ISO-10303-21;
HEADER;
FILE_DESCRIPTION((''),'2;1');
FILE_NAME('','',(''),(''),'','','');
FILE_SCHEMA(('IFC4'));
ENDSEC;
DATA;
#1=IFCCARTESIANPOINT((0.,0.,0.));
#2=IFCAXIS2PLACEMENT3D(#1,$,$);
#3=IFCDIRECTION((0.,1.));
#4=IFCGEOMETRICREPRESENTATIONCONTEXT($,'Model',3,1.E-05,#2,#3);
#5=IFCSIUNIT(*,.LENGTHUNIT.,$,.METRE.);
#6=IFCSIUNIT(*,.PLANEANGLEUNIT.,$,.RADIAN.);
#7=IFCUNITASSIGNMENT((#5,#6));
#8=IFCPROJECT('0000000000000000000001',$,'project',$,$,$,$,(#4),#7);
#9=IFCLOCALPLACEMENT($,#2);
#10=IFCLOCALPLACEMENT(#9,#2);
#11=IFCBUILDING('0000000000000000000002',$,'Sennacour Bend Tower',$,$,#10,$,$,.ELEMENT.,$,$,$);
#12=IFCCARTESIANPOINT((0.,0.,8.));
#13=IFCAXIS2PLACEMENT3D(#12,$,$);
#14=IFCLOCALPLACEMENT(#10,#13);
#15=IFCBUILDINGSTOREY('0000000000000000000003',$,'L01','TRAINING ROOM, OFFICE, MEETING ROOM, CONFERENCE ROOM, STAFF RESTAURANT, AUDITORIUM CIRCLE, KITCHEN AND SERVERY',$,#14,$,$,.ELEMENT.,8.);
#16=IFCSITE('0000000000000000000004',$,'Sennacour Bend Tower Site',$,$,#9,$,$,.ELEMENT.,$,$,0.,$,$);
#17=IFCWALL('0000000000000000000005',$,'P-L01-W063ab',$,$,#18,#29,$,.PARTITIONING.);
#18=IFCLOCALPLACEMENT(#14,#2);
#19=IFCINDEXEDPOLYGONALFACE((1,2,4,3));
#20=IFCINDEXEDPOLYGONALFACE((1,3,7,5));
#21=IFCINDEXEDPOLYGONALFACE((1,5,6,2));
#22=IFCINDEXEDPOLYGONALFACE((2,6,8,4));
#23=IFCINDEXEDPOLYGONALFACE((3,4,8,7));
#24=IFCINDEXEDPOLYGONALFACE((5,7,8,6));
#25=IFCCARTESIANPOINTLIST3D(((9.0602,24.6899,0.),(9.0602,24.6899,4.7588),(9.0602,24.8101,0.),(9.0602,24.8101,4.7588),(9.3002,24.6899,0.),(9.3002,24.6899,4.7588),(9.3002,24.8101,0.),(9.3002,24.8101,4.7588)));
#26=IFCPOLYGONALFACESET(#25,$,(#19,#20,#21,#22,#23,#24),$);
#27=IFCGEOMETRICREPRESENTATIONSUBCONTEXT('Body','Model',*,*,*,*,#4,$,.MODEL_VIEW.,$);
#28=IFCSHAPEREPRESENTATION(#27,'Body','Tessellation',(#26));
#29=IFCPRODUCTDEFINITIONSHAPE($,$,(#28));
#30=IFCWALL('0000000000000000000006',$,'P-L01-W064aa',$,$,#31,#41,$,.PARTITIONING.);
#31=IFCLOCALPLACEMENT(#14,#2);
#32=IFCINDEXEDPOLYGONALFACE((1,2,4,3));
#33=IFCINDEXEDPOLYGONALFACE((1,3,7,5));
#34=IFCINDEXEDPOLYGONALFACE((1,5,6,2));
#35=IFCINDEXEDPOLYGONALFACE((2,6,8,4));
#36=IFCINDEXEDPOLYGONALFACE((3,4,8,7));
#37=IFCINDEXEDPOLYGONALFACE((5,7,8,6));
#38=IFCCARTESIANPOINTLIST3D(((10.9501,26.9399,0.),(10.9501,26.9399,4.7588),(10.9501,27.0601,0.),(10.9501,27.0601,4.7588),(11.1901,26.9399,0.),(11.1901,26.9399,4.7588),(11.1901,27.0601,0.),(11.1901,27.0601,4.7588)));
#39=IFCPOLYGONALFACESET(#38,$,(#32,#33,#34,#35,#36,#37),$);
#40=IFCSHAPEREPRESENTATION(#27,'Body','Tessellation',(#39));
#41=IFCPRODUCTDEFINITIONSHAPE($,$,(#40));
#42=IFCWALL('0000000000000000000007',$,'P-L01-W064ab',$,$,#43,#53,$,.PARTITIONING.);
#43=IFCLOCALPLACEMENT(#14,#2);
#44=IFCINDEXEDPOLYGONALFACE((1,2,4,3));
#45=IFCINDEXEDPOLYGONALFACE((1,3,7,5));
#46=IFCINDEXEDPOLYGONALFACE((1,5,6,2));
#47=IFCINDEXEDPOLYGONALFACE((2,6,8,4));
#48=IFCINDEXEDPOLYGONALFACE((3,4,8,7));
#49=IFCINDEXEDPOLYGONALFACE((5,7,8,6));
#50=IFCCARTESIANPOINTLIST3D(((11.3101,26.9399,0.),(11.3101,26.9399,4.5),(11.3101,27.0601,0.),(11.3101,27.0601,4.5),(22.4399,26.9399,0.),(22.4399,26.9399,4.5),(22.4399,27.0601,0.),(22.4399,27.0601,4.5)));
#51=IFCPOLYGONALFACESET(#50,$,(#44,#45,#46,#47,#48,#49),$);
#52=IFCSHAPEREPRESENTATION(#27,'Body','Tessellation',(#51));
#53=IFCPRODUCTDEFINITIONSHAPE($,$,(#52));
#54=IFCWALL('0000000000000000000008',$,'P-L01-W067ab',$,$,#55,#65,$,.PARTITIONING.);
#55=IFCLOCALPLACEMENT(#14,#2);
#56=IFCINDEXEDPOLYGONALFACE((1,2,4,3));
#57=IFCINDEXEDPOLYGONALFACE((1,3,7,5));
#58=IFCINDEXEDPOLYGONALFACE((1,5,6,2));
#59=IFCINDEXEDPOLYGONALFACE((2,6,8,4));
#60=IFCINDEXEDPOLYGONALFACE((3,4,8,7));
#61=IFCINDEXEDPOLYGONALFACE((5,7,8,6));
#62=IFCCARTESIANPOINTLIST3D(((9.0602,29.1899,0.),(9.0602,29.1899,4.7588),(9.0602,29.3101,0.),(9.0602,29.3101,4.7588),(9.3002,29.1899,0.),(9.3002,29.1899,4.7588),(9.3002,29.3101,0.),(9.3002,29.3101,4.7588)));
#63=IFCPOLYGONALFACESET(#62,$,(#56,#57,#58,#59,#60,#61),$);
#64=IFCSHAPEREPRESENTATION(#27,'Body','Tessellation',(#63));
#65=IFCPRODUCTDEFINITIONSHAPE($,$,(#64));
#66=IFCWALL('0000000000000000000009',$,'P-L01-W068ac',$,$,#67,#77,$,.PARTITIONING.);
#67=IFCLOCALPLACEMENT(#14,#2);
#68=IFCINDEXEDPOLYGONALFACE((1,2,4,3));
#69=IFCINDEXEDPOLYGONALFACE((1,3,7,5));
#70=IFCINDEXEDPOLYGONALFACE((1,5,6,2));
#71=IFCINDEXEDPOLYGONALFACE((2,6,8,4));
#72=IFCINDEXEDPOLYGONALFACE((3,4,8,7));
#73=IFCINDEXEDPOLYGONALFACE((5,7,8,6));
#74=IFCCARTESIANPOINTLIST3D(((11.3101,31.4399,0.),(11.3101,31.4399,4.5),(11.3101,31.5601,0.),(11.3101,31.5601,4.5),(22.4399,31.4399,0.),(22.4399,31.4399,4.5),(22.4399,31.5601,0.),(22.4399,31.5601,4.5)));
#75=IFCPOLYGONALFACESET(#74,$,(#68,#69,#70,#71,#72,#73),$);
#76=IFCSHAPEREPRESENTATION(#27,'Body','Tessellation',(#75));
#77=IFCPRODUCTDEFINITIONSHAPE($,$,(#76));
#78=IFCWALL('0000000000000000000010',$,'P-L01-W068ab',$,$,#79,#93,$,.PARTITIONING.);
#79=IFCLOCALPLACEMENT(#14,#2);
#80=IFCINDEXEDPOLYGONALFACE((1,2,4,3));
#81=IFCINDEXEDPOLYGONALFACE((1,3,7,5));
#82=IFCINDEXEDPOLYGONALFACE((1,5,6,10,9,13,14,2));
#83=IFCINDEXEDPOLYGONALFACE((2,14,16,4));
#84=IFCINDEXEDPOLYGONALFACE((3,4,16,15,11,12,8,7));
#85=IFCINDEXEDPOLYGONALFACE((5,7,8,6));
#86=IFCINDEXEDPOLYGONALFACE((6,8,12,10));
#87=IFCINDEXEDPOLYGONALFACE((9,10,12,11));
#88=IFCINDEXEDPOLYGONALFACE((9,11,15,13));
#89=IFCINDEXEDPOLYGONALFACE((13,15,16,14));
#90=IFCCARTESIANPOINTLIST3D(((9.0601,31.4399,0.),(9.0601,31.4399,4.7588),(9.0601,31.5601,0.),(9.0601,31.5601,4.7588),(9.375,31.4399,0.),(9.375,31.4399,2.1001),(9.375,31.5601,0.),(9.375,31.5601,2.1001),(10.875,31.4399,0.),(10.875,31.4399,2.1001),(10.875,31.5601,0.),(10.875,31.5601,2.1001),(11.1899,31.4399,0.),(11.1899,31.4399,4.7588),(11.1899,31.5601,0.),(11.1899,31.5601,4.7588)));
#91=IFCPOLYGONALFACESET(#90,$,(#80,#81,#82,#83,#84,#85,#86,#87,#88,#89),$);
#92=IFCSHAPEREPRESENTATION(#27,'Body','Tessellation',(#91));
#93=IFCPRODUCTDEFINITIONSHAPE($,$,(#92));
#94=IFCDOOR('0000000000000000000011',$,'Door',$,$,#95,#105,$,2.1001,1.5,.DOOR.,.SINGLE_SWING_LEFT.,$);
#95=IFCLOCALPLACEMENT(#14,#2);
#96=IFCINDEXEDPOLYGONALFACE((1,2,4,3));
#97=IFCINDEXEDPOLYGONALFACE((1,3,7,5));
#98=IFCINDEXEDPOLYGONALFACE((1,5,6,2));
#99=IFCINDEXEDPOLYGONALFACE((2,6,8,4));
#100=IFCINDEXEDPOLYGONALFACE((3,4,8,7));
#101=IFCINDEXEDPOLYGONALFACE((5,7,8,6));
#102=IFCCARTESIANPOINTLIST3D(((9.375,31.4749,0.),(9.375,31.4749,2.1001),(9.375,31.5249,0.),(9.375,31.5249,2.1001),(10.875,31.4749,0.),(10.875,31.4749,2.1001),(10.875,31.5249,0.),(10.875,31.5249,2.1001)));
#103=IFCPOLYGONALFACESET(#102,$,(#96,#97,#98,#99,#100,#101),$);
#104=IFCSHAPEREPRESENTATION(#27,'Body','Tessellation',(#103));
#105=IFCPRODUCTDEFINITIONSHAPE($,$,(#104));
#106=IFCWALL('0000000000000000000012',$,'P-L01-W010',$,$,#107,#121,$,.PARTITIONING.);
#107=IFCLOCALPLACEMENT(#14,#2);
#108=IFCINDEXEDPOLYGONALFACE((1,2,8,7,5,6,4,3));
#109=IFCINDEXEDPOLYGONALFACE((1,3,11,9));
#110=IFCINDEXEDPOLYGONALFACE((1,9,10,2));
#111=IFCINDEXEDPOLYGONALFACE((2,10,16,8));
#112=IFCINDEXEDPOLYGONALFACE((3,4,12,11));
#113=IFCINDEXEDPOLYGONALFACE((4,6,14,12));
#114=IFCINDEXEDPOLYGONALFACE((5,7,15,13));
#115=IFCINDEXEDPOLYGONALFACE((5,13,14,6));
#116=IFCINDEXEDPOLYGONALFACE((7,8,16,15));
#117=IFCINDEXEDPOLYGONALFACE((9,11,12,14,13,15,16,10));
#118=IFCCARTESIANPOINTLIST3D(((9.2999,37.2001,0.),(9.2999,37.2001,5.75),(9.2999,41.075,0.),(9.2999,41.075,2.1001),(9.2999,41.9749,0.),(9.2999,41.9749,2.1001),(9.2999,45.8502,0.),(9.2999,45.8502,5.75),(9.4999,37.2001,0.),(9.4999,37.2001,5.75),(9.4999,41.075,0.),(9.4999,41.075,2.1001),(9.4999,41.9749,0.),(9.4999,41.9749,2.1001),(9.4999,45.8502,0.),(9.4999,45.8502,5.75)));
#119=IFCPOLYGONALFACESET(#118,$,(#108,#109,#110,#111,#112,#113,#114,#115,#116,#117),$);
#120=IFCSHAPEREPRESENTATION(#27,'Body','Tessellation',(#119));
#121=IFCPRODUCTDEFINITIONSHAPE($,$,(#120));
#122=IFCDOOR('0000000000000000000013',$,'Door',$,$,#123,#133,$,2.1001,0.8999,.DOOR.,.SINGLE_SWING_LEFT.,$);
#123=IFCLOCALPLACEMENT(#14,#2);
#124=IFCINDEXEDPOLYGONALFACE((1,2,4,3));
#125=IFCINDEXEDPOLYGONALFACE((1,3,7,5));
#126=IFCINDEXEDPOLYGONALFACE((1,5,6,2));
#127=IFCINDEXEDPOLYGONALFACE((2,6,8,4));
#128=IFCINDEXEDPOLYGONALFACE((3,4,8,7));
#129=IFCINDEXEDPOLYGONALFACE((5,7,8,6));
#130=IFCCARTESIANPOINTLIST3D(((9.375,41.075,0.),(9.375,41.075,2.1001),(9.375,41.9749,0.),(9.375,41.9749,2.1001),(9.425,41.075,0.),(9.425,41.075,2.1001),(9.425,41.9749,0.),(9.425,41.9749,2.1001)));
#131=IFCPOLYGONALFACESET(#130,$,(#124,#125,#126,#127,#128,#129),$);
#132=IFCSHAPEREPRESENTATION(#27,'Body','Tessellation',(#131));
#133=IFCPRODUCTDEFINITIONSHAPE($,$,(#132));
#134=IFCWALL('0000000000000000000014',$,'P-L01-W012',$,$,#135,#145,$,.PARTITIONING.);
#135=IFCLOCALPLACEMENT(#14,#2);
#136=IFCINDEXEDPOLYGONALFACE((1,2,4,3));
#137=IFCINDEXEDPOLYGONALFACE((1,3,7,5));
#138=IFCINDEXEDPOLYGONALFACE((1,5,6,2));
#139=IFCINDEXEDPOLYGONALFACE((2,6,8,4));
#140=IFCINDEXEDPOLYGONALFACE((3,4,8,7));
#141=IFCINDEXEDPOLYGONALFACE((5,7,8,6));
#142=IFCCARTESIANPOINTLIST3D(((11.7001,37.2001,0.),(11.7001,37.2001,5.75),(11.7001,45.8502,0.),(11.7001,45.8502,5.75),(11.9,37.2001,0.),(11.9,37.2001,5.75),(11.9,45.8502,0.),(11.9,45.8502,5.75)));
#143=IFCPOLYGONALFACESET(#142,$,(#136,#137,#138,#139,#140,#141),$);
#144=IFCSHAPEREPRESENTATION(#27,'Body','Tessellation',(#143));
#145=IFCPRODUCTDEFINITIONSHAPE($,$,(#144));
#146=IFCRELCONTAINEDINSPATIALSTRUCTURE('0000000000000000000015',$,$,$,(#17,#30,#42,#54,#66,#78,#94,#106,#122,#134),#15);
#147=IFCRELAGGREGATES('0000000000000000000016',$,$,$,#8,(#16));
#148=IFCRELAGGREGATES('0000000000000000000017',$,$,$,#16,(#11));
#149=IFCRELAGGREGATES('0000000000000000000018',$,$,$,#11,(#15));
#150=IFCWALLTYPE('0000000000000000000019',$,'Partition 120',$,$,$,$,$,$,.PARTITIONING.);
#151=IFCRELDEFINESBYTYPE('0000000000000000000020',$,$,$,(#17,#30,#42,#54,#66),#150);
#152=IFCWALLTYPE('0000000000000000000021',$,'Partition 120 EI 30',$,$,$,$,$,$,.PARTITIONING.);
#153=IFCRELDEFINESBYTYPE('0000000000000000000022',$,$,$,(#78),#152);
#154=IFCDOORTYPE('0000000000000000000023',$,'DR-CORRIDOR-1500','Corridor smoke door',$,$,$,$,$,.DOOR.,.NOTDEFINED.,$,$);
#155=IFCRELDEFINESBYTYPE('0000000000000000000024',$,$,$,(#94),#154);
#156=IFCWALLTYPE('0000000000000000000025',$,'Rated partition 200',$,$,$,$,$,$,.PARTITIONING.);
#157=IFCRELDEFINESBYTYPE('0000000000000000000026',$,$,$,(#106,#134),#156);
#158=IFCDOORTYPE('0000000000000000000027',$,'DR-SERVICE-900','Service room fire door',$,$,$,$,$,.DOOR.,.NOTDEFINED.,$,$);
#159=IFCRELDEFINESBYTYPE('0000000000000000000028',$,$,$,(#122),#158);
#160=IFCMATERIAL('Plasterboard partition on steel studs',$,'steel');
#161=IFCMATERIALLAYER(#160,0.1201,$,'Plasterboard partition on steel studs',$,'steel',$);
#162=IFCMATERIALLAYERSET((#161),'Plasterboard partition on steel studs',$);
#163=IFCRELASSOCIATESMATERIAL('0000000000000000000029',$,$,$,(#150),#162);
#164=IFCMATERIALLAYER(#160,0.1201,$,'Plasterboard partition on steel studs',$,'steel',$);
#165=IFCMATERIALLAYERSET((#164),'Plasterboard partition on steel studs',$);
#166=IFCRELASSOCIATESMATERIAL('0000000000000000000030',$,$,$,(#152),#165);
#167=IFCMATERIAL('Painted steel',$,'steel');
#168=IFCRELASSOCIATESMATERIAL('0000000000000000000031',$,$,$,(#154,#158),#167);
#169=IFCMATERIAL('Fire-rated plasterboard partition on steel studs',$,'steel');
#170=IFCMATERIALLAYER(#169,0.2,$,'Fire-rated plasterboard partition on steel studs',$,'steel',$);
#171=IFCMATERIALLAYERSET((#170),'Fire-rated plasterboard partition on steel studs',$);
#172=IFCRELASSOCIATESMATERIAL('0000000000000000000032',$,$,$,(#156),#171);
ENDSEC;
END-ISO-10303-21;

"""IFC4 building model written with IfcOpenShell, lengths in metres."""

from ifc_helpers import new_model, si_unit, direction, frame, frame_2d, origin, place, context, subcontext, project, spatial, rectangle, extrude, material, layer, layer_set, type_object, element, fill, save


model = new_model("IFC4")

# Units and contexts
model_context = context("Model", 3, precision=1e-05, world=origin(), true_north=direction((0.0, 1.0)))
body_context = subcontext(model_context, "Body", "Model", "MODEL_VIEW")
ifc_project = project(units=[si_unit("LENGTHUNIT", "METRE"), si_unit("PLANEANGLEUNIT", "RADIAN")], contexts=[model_context])

# Site, building, storey
site_placement = place(None, origin())
site = spatial("IfcSite", under=ifc_project, at=site_placement, Name="Sennacour Bend Tower Site", CompositionType="ELEMENT", RefElevation=0.0)
building_placement = place(site_placement, origin())
building = spatial("IfcBuilding", under=site, at=building_placement, Name="Sennacour Bend Tower", CompositionType="ELEMENT")
storey_placement = place(building_placement, frame((0.0, 0.0, 8.0)))
storey = spatial("IfcBuildingStorey", under=building, at=storey_placement, Name="L01", Description="TRAINING ROOM, OFFICE, MEETING ROOM, CONFERENCE ROOM, STAFF RESTAURANT, AUDITORIUM CIRCLE, KITCHEN AND SERVERY", CompositionType="ELEMENT", Elevation=8.0)

# Walls
ifc_material_1 = material(Name="Plasterboard partition on steel studs", Category="steel")
ifc_layer_1 = layer(ifc_material_1, 0.1201, Name="Plasterboard partition on steel studs", Category="steel")
ifc_layer_set_1 = layer_set([ifc_layer_1], Name="Plasterboard partition on steel studs")
wall_type_1 = type_object("IfcWallType", Name="Partition 120", PredefinedType="PARTITIONING", material=ifc_layer_set_1)
for number, where, z_axis, x_axis, name in (
    (1, (9.0601, 24.75, 0.0), (0.0, 0.0, 1.0), (1.0, 0.0, 0.0), "P-L01-W063ab"),
    (2, (10.95, 27.0, 0.0), (0.0, 0.0, 1.0), (1.0, 0.0, 0.0), "P-L01-W064aa"),
):
    element("IfcWall", number, at=place(storey_placement, frame(where, z_axis=z_axis, x_axis=x_axis)), inside=storey, type_object=wall_type_1, Name=name, PredefinedType="PARTITIONING", context=body_context, shape_type="SweptSolid", body=[
        extrude(rectangle(XDim=0.24, YDim=0.1201, at=frame_2d((0.1201, 0.0))), origin(), (0.0, 0.0, 1.0), 4.7588),
    ])
wall_1_placement = place(storey_placement, frame((11.3101, 27.0, 0.0), z_axis=(0.0, 0.0, 1.0), x_axis=(1.0, 0.0, 0.0)))
element("IfcWall", 3, at=wall_1_placement, inside=storey, type_object=wall_type_1, Name="P-L01-W064ab", PredefinedType="PARTITIONING", context=body_context, shape_type="SweptSolid", body=[
    extrude(rectangle(XDim=11.1299, YDim=0.1201, at=frame_2d((5.5649, 0.0))), origin(), (0.0, 0.0, 1.0), 4.5),
])
wall_2_placement = place(storey_placement, frame((9.0601, 29.25, 0.0), z_axis=(0.0, 0.0, 1.0), x_axis=(1.0, 0.0, 0.0)))
element("IfcWall", 4, at=wall_2_placement, inside=storey, type_object=wall_type_1, Name="P-L01-W067ab", PredefinedType="PARTITIONING", context=body_context, shape_type="SweptSolid", body=[
    extrude(rectangle(XDim=0.24, YDim=0.1201, at=frame_2d((0.1201, 0.0))), origin(), (0.0, 0.0, 1.0), 4.7588),
])
wall_3_placement = place(storey_placement, frame((11.3101, 31.5, 0.0), z_axis=(0.0, 0.0, 1.0), x_axis=(1.0, 0.0, 0.0)))
element("IfcWall", 5, at=wall_3_placement, inside=storey, type_object=wall_type_1, Name="P-L01-W068ac", PredefinedType="PARTITIONING", context=body_context, shape_type="SweptSolid", body=[
    extrude(rectangle(XDim=11.1299, YDim=0.1201, at=frame_2d((5.5649, 0.0))), origin(), (0.0, 0.0, 1.0), 4.5),
])

# Walls, openings, doors
ifc_layer_2 = layer(ifc_material_1, 0.1201, Name="Plasterboard partition on steel studs", Category="steel")
ifc_layer_set_2 = layer_set([ifc_layer_2], Name="Plasterboard partition on steel studs")
wall_type_2 = type_object("IfcWallType", Name="Partition 120 EI 30", PredefinedType="PARTITIONING", material=ifc_layer_set_2)
wall_4_placement = place(storey_placement, frame((9.0601, 31.5, 0.0), z_axis=(0.0, 0.0, 1.0), x_axis=(1.0, 0.0, 0.0)))
wall_4 = element("IfcWall", 6, at=wall_4_placement, inside=storey, type_object=wall_type_2, Name="P-L01-W068ab", PredefinedType="PARTITIONING", context=body_context, shape_type="SweptSolid", body=[
    extrude(rectangle(XDim=2.1299, YDim=0.1201, at=frame_2d((1.0649, 0.0))), origin(), (0.0, 0.0, 1.0), 4.7588),
])
opening_1_placement = place(wall_4_placement, frame((0.3149, 0.0, 0.0)))
opening_1 = element("IfcOpeningElement", 7, at=opening_1_placement, cuts=wall_4, PredefinedType="OPENING", context=body_context, shape_type="SweptSolid", body=[
    extrude(rectangle(XDim=1.5, YDim=2.1001, at=frame_2d((0.75, 1.05))), frame((0.0, 0.0701, 0.0), z_axis=(0.0, -1.0, 0.0), x_axis=(1.0, 0.0, 0.0)), (0.0, 0.0, 1.0), 0.1401),
])
ifc_material_2 = material(Name="Painted steel", Category="steel")
door_type_1 = type_object("IfcDoorType", Name="DR-CORRIDOR-1500", Description="Corridor smoke door", OperationType="NOTDEFINED", PredefinedType="DOOR", material=ifc_material_2)
door_1_placement = place(opening_1_placement, origin())
door_1 = element("IfcDoor", 8, at=door_1_placement, inside=storey, type_object=door_type_1, Name="Door", OperationType="SINGLE_SWING_LEFT", OverallHeight=2.1001, OverallWidth=1.5, PredefinedType="DOOR", context=body_context, shape_type="SweptSolid", body=[
    extrude(rectangle(XDim=1.5, YDim=2.1001, at=frame_2d((0.75, 1.05))), frame((0.0, 0.0249, 0.0), z_axis=(0.0, -1.0, 0.0), x_axis=(1.0, 0.0, 0.0)), (0.0, 0.0, 1.0), 0.05),
])
fill(opening_1, door_1)
ifc_material_3 = material(Name="Fire-rated plasterboard partition on steel studs", Category="steel")
ifc_layer_3 = layer(ifc_material_3, 0.2, Name="Fire-rated plasterboard partition on steel studs", Category="steel")
ifc_layer_set_3 = layer_set([ifc_layer_3], Name="Fire-rated plasterboard partition on steel studs")
wall_type_3 = type_object("IfcWallType", Name="Rated partition 200", PredefinedType="PARTITIONING", material=ifc_layer_set_3)
wall_5_placement = place(storey_placement, frame((9.3999, 37.2, 0.0), z_axis=(0.0, 0.0, 1.0), x_axis=(0.0, 1.0, 0.0)))
wall_5 = element("IfcWall", 9, at=wall_5_placement, inside=storey, type_object=wall_type_3, Name="P-L01-W010", PredefinedType="PARTITIONING", context=body_context, shape_type="SweptSolid", body=[
    extrude(rectangle(XDim=8.6501, YDim=0.2, at=frame_2d((4.3252, 0.0))), origin(), (0.0, 0.0, 1.0), 5.75),
])
opening_2_placement = place(wall_5_placement, frame((3.875, 0.0, 0.0)))
opening_2 = element("IfcOpeningElement", 10, at=opening_2_placement, cuts=wall_5, PredefinedType="OPENING", context=body_context, shape_type="SweptSolid", body=[
    extrude(rectangle(XDim=0.8999, YDim=2.1001, at=frame_2d((0.45, 1.05))), frame((0.0, 0.1099, 0.0), z_axis=(0.0, -1.0, 0.0), x_axis=(1.0, 0.0, 0.0)), (0.0, 0.0, 1.0), 0.22),
])
door_type_2 = type_object("IfcDoorType", Name="DR-SERVICE-900", Description="Service room fire door", OperationType="NOTDEFINED", PredefinedType="DOOR", material=ifc_material_2)
door_2_placement = place(opening_2_placement, origin())
door_2 = element("IfcDoor", 11, at=door_2_placement, inside=storey, type_object=door_type_2, Name="Door", OperationType="SINGLE_SWING_LEFT", OverallHeight=2.1001, OverallWidth=0.8999, PredefinedType="DOOR", context=body_context, shape_type="SweptSolid", body=[
    extrude(rectangle(XDim=0.8999, YDim=2.1001, at=frame_2d((0.45, 1.05))), frame((0.0, 0.0249, 0.0), z_axis=(0.0, -1.0, 0.0), x_axis=(1.0, 0.0, 0.0)), (0.0, 0.0, 1.0), 0.05),
])
fill(opening_2, door_2)

# Wall
wall_6_placement = place(storey_placement, frame((11.8, 37.2, 0.0), z_axis=(0.0, 0.0, 1.0), x_axis=(0.0, 1.0, 0.0)))
element("IfcWall", 12, at=wall_6_placement, inside=storey, type_object=wall_type_3, Name="P-L01-W012", PredefinedType="PARTITIONING", context=body_context, shape_type="SweptSolid", body=[
    extrude(rectangle(XDim=8.6501, YDim=0.2, at=frame_2d((4.3252, 0.0))), origin(), (0.0, 0.0, 1.0), 5.75),
])

save(model, "model.ifc")
